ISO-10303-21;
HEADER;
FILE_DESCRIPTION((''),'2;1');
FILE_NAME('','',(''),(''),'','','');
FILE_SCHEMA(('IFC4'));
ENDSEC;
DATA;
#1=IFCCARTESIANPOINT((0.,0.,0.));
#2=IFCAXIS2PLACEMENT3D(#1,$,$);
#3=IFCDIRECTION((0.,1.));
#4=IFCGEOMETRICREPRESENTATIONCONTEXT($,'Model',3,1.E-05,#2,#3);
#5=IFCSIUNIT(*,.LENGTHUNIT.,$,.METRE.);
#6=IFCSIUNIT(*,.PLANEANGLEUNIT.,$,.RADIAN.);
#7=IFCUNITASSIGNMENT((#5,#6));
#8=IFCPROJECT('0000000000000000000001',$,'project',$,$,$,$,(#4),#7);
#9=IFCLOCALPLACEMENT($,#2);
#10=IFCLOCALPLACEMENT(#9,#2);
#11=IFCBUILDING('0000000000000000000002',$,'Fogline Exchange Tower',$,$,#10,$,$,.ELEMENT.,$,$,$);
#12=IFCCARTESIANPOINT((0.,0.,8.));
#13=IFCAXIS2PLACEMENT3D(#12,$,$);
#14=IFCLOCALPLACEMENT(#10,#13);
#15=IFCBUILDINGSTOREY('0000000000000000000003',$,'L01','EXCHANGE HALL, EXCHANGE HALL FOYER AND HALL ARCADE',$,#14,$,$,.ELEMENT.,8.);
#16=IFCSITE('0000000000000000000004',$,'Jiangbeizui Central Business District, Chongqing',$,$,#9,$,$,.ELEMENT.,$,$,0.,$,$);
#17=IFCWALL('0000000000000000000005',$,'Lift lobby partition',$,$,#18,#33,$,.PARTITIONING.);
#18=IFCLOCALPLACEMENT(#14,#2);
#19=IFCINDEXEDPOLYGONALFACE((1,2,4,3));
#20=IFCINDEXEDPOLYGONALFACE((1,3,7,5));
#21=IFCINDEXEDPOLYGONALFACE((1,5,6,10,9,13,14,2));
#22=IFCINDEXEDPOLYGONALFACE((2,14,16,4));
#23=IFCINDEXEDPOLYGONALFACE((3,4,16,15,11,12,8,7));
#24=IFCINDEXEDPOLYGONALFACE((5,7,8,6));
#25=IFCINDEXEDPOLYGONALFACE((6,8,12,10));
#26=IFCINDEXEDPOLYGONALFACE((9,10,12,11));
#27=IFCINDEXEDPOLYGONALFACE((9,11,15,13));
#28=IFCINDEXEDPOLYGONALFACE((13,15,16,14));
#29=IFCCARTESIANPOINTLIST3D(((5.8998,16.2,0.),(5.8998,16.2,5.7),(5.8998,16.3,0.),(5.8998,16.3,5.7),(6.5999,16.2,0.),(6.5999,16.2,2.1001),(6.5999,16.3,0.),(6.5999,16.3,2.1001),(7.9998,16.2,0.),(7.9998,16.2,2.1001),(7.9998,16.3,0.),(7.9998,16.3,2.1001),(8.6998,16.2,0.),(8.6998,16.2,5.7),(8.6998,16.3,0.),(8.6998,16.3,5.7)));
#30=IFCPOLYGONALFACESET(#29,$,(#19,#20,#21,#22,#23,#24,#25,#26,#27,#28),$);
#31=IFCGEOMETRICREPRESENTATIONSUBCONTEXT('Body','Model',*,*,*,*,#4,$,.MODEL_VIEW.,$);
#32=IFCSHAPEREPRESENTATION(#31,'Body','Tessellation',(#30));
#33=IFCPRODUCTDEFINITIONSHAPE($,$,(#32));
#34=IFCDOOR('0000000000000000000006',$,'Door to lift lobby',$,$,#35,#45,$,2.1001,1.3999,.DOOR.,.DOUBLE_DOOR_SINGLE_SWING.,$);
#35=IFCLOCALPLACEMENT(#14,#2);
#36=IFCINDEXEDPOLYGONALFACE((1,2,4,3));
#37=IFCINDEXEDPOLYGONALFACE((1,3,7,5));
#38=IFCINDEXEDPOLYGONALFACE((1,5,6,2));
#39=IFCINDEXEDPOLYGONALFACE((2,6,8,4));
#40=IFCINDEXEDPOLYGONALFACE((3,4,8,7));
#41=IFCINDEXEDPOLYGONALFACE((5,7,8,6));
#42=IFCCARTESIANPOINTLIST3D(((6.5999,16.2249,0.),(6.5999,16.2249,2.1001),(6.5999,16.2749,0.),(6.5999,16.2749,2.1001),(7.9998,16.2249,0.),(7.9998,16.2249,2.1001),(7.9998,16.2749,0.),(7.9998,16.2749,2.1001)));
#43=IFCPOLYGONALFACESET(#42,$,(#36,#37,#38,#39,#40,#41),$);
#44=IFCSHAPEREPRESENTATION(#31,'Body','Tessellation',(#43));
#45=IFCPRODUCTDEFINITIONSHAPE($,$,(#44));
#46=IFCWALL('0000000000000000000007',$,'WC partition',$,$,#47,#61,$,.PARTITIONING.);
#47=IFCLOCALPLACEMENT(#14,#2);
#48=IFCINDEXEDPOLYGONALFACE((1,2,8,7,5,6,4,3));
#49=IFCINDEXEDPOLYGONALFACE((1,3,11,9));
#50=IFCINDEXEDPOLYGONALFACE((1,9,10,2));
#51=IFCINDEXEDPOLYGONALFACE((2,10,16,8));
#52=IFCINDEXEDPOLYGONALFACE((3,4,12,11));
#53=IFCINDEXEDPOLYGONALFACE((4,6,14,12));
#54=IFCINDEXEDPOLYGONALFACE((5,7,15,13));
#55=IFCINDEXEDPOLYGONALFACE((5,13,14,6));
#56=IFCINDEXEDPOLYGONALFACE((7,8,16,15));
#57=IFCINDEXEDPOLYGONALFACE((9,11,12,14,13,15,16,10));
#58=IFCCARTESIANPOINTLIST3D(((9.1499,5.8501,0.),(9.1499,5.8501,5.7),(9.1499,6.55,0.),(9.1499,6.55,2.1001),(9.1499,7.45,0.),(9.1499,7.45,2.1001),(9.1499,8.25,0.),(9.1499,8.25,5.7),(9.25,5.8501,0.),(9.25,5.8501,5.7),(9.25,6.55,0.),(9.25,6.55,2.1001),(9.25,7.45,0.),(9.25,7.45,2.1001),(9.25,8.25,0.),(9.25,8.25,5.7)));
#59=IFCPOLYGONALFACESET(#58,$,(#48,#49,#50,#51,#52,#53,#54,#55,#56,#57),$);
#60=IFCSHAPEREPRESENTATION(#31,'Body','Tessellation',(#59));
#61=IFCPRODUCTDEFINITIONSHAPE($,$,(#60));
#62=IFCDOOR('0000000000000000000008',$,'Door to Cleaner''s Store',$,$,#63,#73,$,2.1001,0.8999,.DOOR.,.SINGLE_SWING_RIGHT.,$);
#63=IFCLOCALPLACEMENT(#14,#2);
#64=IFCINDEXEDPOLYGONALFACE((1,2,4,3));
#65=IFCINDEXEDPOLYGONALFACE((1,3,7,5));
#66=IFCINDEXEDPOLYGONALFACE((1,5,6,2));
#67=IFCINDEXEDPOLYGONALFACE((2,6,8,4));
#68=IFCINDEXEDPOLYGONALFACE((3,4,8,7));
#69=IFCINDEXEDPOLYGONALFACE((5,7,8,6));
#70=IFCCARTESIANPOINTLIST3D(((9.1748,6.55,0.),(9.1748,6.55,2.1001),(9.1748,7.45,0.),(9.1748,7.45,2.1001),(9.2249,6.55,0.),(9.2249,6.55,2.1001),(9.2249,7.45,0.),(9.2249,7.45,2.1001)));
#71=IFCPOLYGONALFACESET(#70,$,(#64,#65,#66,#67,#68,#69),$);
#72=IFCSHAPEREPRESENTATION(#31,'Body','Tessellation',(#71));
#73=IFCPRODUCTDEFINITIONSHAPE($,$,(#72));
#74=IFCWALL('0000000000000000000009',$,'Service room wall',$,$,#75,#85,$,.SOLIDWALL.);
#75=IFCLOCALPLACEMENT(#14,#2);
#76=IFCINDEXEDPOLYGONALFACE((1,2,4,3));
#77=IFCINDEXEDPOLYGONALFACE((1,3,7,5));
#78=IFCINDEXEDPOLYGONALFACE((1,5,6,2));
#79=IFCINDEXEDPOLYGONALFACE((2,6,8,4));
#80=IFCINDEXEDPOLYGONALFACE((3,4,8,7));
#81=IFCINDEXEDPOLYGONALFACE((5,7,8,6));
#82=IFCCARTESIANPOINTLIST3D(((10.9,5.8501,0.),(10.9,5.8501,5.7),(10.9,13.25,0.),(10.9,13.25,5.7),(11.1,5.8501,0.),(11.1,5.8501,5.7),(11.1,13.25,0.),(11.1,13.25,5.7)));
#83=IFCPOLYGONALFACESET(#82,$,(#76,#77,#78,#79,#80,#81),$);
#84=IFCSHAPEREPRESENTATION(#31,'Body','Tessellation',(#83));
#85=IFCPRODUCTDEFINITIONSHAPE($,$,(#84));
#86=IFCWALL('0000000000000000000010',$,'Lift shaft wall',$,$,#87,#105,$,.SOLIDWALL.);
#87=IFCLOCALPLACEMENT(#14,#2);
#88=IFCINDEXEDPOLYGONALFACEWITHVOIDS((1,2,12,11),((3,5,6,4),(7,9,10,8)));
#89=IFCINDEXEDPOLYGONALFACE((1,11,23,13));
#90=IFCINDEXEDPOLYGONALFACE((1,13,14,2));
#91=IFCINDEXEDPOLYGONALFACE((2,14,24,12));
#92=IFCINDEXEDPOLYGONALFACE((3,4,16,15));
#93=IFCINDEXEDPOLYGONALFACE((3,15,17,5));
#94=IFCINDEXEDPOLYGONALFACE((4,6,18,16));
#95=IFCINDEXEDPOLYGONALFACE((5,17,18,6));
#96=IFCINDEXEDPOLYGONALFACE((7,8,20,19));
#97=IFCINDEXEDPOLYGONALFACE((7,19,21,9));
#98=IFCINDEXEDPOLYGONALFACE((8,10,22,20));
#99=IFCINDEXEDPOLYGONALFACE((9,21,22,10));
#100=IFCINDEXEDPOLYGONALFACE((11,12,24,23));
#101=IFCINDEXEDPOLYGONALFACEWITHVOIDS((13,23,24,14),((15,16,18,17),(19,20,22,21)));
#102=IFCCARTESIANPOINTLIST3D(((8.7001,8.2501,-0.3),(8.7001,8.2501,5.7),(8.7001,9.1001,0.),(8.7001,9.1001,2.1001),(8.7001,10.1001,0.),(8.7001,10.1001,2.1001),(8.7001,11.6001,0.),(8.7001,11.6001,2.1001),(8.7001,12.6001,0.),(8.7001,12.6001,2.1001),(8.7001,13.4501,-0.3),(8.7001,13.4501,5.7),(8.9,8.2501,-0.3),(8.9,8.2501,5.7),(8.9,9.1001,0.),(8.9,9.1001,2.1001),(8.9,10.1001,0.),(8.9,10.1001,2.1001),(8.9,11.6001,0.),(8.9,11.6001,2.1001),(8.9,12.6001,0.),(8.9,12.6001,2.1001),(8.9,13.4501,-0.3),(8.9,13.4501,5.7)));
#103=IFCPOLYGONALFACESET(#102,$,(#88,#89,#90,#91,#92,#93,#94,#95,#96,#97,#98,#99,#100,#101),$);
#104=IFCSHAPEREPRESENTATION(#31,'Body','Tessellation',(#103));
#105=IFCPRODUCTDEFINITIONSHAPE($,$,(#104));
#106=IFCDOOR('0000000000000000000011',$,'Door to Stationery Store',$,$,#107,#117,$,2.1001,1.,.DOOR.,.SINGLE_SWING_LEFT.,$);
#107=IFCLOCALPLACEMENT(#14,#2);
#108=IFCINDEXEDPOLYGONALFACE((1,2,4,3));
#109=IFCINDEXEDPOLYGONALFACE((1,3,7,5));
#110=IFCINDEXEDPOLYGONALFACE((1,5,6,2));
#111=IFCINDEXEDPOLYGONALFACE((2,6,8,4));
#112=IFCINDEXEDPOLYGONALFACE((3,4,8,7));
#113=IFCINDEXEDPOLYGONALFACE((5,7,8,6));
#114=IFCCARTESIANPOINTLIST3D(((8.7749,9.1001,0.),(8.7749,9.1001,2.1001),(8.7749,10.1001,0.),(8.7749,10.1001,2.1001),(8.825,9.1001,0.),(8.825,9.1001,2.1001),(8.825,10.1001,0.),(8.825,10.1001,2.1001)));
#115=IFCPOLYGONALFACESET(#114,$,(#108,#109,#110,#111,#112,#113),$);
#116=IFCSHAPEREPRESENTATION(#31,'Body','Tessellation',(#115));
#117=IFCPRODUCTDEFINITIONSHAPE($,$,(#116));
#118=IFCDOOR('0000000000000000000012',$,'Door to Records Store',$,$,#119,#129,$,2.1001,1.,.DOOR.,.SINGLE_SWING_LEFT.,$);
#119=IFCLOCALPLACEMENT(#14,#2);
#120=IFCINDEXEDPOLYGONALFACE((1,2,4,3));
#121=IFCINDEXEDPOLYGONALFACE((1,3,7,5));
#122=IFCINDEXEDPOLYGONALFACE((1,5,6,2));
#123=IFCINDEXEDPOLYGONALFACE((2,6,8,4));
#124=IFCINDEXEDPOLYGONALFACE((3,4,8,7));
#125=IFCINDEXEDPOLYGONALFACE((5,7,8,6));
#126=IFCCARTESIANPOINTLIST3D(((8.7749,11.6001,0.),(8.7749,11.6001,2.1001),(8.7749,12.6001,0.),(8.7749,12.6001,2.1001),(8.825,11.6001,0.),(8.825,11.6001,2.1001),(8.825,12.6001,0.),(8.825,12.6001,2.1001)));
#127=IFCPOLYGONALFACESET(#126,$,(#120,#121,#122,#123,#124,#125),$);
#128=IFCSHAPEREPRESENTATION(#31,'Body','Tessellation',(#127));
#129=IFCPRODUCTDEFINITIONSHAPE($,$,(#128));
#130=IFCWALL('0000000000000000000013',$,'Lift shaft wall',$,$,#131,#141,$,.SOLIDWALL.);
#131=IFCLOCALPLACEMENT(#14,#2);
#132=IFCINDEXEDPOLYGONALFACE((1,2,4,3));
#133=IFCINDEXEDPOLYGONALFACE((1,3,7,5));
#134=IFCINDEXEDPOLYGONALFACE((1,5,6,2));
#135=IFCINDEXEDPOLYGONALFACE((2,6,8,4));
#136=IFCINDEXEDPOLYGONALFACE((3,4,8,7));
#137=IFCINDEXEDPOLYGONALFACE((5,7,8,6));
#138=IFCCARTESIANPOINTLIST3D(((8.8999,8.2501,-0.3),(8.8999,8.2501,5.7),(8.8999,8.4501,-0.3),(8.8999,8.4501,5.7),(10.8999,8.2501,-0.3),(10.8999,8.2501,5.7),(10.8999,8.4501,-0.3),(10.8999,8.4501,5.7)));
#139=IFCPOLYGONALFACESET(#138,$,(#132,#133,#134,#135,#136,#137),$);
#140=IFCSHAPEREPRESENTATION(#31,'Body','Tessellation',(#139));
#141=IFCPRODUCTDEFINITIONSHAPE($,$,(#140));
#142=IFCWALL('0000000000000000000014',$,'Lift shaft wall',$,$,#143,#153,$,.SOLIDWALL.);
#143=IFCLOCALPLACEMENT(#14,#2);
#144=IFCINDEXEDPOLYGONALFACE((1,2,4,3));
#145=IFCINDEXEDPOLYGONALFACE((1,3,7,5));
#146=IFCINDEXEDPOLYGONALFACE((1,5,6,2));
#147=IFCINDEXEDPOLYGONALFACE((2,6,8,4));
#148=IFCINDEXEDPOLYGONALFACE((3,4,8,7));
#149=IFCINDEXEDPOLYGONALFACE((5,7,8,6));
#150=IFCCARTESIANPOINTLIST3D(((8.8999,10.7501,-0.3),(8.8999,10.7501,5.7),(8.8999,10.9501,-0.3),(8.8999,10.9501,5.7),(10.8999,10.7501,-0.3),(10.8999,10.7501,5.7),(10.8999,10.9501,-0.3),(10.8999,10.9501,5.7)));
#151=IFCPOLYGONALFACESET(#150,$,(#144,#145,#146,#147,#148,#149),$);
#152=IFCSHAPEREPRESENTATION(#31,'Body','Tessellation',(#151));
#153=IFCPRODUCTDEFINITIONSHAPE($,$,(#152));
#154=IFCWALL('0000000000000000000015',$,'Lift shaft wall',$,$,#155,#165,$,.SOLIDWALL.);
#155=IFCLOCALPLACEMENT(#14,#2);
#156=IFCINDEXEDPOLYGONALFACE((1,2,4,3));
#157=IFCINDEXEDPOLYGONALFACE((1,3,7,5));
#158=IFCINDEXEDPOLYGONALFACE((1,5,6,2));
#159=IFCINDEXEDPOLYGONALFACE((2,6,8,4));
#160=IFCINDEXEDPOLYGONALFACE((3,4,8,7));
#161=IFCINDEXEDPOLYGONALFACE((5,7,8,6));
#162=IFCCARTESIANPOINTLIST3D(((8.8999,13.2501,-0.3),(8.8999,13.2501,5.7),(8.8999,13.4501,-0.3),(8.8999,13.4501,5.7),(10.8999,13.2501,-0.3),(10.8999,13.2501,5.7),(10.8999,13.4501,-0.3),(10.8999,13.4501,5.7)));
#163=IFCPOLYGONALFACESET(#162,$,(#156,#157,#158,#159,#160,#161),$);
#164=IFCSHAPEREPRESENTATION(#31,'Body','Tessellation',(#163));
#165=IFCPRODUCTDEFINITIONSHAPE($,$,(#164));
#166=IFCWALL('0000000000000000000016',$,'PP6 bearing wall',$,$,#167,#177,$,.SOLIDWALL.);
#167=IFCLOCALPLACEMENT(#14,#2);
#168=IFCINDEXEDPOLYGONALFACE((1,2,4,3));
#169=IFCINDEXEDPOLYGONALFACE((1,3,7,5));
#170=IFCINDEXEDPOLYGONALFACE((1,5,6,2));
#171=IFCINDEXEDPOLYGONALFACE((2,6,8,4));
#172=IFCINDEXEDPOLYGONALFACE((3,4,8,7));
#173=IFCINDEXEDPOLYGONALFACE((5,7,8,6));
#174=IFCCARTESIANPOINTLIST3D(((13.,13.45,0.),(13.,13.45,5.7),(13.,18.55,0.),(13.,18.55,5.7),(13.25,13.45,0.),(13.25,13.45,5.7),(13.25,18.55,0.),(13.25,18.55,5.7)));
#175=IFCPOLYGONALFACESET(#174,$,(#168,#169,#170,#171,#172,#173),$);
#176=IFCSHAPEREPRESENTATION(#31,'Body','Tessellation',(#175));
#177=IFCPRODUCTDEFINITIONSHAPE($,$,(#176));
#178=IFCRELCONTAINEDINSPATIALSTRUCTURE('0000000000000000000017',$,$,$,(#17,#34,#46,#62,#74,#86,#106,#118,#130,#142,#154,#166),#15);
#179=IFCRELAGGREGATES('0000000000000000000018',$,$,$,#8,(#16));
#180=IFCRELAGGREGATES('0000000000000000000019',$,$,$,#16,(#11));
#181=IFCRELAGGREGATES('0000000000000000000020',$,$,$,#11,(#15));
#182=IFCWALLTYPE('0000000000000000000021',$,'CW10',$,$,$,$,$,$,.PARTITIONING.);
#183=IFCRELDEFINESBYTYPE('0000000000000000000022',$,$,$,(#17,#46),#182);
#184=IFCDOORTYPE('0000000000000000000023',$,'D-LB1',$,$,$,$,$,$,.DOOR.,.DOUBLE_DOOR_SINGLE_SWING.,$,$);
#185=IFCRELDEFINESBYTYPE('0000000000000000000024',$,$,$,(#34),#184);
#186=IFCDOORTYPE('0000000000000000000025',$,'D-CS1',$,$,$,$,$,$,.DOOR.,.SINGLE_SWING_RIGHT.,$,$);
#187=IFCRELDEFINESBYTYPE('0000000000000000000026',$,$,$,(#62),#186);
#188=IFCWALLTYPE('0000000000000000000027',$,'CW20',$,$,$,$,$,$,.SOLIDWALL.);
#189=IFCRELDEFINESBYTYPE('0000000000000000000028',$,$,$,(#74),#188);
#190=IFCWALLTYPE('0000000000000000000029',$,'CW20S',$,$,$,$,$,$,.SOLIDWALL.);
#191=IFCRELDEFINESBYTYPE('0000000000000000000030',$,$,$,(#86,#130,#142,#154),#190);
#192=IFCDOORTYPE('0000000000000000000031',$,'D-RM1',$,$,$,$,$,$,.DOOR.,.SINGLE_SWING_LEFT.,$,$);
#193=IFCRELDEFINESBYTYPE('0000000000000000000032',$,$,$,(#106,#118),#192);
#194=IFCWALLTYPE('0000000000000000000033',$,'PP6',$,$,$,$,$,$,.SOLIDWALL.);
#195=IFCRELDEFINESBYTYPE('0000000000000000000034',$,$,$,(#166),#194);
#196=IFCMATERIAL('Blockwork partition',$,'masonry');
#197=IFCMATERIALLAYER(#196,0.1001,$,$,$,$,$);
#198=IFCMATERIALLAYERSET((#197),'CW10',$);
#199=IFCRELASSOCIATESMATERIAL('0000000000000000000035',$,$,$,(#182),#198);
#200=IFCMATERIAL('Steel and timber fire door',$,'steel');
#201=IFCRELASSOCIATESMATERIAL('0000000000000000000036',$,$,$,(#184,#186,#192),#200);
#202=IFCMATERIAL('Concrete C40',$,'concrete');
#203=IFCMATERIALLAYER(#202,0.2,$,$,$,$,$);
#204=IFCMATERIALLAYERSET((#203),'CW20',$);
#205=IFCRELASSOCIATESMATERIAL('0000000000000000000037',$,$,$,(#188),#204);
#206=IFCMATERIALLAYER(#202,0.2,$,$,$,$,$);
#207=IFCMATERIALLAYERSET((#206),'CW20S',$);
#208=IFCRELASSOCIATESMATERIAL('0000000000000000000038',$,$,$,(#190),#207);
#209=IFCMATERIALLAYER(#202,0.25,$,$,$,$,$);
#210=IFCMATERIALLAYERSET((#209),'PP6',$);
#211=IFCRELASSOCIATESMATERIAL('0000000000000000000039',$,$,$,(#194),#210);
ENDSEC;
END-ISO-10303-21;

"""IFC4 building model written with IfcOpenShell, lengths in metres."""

from ifc_helpers import new_model, si_unit, direction, frame, frame_2d, origin, place, context, subcontext, project, spatial, rectangle, extrude, material, layer, layer_set, type_object, element, fill, save


model = new_model("IFC4")

# Units and contexts
model_context = context("Model", 3, precision=1e-05, world=origin(), true_north=direction((0.0, 1.0)))
body_context = subcontext(model_context, "Body", "Model", "MODEL_VIEW")
ifc_project = project(units=[si_unit("LENGTHUNIT", "METRE"), si_unit("PLANEANGLEUNIT", "RADIAN")], contexts=[model_context])

# Site, building, storey
site_placement = place(None, origin())
site = spatial("IfcSite", under=ifc_project, at=site_placement, Name="Jiangbeizui Central Business District, Chongqing", CompositionType="ELEMENT", RefElevation=0.0)
building_placement = place(site_placement, origin())
building = spatial("IfcBuilding", under=site, at=building_placement, Name="Fogline Exchange Tower", CompositionType="ELEMENT")
storey_placement = place(building_placement, frame((0.0, 0.0, 8.0)))
storey = spatial("IfcBuildingStorey", under=building, at=storey_placement, Name="L01", Description="EXCHANGE HALL, EXCHANGE HALL FOYER AND HALL ARCADE", CompositionType="ELEMENT", Elevation=8.0)

# Walls, openings, doors
ifc_material_1 = material(Name="Blockwork partition", Category="masonry")
ifc_layer_1 = layer(ifc_material_1, 0.1001)
ifc_layer_set_1 = layer_set([ifc_layer_1], Name="CW10")
wall_type_1 = type_object("IfcWallType", Name="CW10", PredefinedType="PARTITIONING", material=ifc_layer_set_1)
wall_1_placement = place(storey_placement, frame((5.8999, 16.25, 0.0), z_axis=(0.0, 0.0, 1.0), x_axis=(1.0, 0.0, 0.0)))
wall_1 = element("IfcWall", 1, at=wall_1_placement, inside=storey, type_object=wall_type_1, Name="Lift lobby partition", PredefinedType="PARTITIONING", context=body_context, shape_type="SweptSolid", body=[
    extrude(rectangle(XDim=2.8, YDim=0.1001, at=frame_2d((1.3999, 0.0))), origin(), (0.0, 0.0, 1.0), 5.7),
])
opening_1_placement = place(wall_1_placement, frame((0.7, 0.0, 0.0)))
opening_1 = element("IfcOpeningElement", 2, at=opening_1_placement, cuts=wall_1, PredefinedType="OPENING", context=body_context, shape_type="SweptSolid", body=[
    extrude(rectangle(XDim=1.3999, YDim=2.1001, at=frame_2d((0.7, 1.05))), frame((0.0, 0.0601, 0.0), z_axis=(0.0, -1.0, 0.0), x_axis=(1.0, 0.0, 0.0)), (0.0, 0.0, 1.0), 0.1201),
])
ifc_material_2 = material(Name="Steel and timber fire door", Category="steel")
door_type_1 = type_object("IfcDoorType", Name="D-LB1", OperationType="DOUBLE_DOOR_SINGLE_SWING", PredefinedType="DOOR", material=ifc_material_2)
door_1_placement = place(opening_1_placement, origin())
door_1 = element("IfcDoor", 3, at=door_1_placement, inside=storey, type_object=door_type_1, Name="Door to lift lobby", OperationType="DOUBLE_DOOR_SINGLE_SWING", OverallHeight=2.1001, OverallWidth=1.3999, PredefinedType="DOOR", context=body_context, shape_type="SweptSolid", body=[
    extrude(rectangle(XDim=1.3999, YDim=2.1001, at=frame_2d((0.7, 1.05))), frame((0.0, 0.0249, 0.0), z_axis=(0.0, -1.0, 0.0), x_axis=(1.0, 0.0, 0.0)), (0.0, 0.0, 1.0), 0.05),
])
fill(opening_1, door_1)
wall_2_placement = place(storey_placement, frame((9.2, 5.8501, 0.0), z_axis=(0.0, 0.0, 1.0), x_axis=(0.0, 1.0, 0.0)))
wall_2 = element("IfcWall", 4, at=wall_2_placement, inside=storey, type_object=wall_type_1, Name="WC partition", PredefinedType="PARTITIONING", context=body_context, shape_type="SweptSolid", body=[
    extrude(rectangle(XDim=2.3999, YDim=0.1001, at=frame_2d((1.2, 0.0))), origin(), (0.0, 0.0, 1.0), 5.7),
])
opening_2_placement = place(wall_2_placement, frame((0.7, 0.0, 0.0)))
opening_2 = element("IfcOpeningElement", 5, at=opening_2_placement, cuts=wall_2, PredefinedType="OPENING", context=body_context, shape_type="SweptSolid", body=[
    extrude(rectangle(XDim=0.8999, YDim=2.1001, at=frame_2d((0.45, 1.05))), frame((0.0, 0.0601, 0.0), z_axis=(0.0, -1.0, 0.0), x_axis=(1.0, 0.0, 0.0)), (0.0, 0.0, 1.0), 0.1201),
])
door_type_2 = type_object("IfcDoorType", Name="D-CS1", OperationType="SINGLE_SWING_RIGHT", PredefinedType="DOOR", material=ifc_material_2)
door_2_placement = place(opening_2_placement, frame((0.8999, 0.0, 0.0), z_axis=(0.0, 0.0, 1.0), x_axis=(-1.0, 0.0, 0.0)))
door_2 = element("IfcDoor", 6, at=door_2_placement, inside=storey, type_object=door_type_2, Name="Door to Cleaner's Store", OperationType="SINGLE_SWING_RIGHT", OverallHeight=2.1001, OverallWidth=0.8999, PredefinedType="DOOR", context=body_context, shape_type="SweptSolid", body=[
    extrude(rectangle(XDim=0.8999, YDim=2.1001, at=frame_2d((0.45, 1.05))), frame((0.0, 0.0249, 0.0), z_axis=(0.0, -1.0, 0.0), x_axis=(1.0, 0.0, 0.0)), (0.0, 0.0, 1.0), 0.05),
])
fill(opening_2, door_2)

# Wall
ifc_material_3 = material(Name="Concrete C40", Category="concrete")
ifc_layer_2 = layer(ifc_material_3, 0.2)
ifc_layer_set_2 = layer_set([ifc_layer_2], Name="CW20")
wall_type_2 = type_object("IfcWallType", Name="CW20", PredefinedType="SOLIDWALL", material=ifc_layer_set_2)
wall_3_placement = place(storey_placement, frame((11.0, 5.8501, 0.0), z_axis=(0.0, 0.0, 1.0), x_axis=(0.0, 1.0, 0.0)))
element("IfcWall", 7, at=wall_3_placement, inside=storey, type_object=wall_type_2, Name="Service room wall", PredefinedType="SOLIDWALL", context=body_context, shape_type="SweptSolid", body=[
    extrude(rectangle(XDim=7.3999, YDim=0.2, at=frame_2d((3.7, 0.0))), origin(), (0.0, 0.0, 1.0), 5.7),
])

# Wall, openings, doors
ifc_layer_3 = layer(ifc_material_3, 0.2)
ifc_layer_set_3 = layer_set([ifc_layer_3], Name="CW20S")
wall_type_3 = type_object("IfcWallType", Name="CW20S", PredefinedType="SOLIDWALL", material=ifc_layer_set_3)
wall_4_placement = place(storey_placement, frame((8.8, 8.25, -0.3), z_axis=(0.0, 0.0, 1.0), x_axis=(0.0, 1.0, 0.0)))
wall_4 = element("IfcWall", 8, at=wall_4_placement, inside=storey, type_object=wall_type_3, Name="Lift shaft wall", PredefinedType="SOLIDWALL", context=body_context, shape_type="SweptSolid", body=[
    extrude(rectangle(XDim=5.2, YDim=0.2, at=frame_2d((2.6001, 0.0))), origin(), (0.0, 0.0, 1.0), 6.0),
])
opening_3_placement = place(wall_4_placement, frame((0.8501, 0.0, 0.3)))
opening_3 = element("IfcOpeningElement", 9, at=opening_3_placement, cuts=wall_4, PredefinedType="OPENING", context=body_context, shape_type="SweptSolid", body=[
    extrude(rectangle(XDim=1.0, YDim=2.1001, at=frame_2d((0.5, 1.05))), frame((0.0, 0.1099, 0.0), z_axis=(0.0, -1.0, 0.0), x_axis=(1.0, 0.0, 0.0)), (0.0, 0.0, 1.0), 0.22),
])
opening_4_placement = place(wall_4_placement, frame((3.3501, 0.0, 0.3)))
opening_4 = element("IfcOpeningElement", 10, at=opening_4_placement, cuts=wall_4, PredefinedType="OPENING", context=body_context, shape_type="SweptSolid", body=[
    extrude(rectangle(XDim=1.0, YDim=2.1001, at=frame_2d((0.5, 1.05))), frame((0.0, 0.1099, 0.0), z_axis=(0.0, -1.0, 0.0), x_axis=(1.0, 0.0, 0.0)), (0.0, 0.0, 1.0), 0.22),
])
door_type_3 = type_object("IfcDoorType", Name="D-RM1", OperationType="SINGLE_SWING_LEFT", PredefinedType="DOOR", material=ifc_material_2)
door_3_placement = place(opening_3_placement, frame((1.0, 0.0, 0.0), z_axis=(0.0, 0.0, 1.0), x_axis=(-1.0, 0.0, 0.0)))
door_3 = element("IfcDoor", 11, at=door_3_placement, inside=storey, type_object=door_type_3, Name="Door to Stationery Store", OperationType="SINGLE_SWING_LEFT", OverallHeight=2.1001, OverallWidth=1.0, PredefinedType="DOOR", context=body_context, shape_type="SweptSolid", body=[
    extrude(rectangle(XDim=1.0, YDim=2.1001, at=frame_2d((0.5, 1.05))), frame((0.0, 0.0249, 0.0), z_axis=(0.0, -1.0, 0.0), x_axis=(1.0, 0.0, 0.0)), (0.0, 0.0, 1.0), 0.05),
])
fill(opening_3, door_3)
door_4_placement = place(opening_4_placement, frame((1.0, 0.0, 0.0), z_axis=(0.0, 0.0, 1.0), x_axis=(-1.0, 0.0, 0.0)))
door_4 = element("IfcDoor", 12, at=door_4_placement, inside=storey, type_object=door_type_3, Name="Door to Records Store", OperationType="SINGLE_SWING_LEFT", OverallHeight=2.1001, OverallWidth=1.0, PredefinedType="DOOR", context=body_context, shape_type="SweptSolid", body=[
    extrude(rectangle(XDim=1.0, YDim=2.1001, at=frame_2d((0.5, 1.05))), frame((0.0, 0.0249, 0.0), z_axis=(0.0, -1.0, 0.0), x_axis=(1.0, 0.0, 0.0)), (0.0, 0.0, 1.0), 0.05),
])
fill(opening_4, door_4)

# Walls
for number, where, z_axis, x_axis, name in (
    (13, (8.8999, 8.3501, -0.3), (0.0, 0.0, 1.0), (1.0, 0.0, 0.0), "Lift shaft wall"),
    (14, (8.8999, 10.8501, -0.3), (0.0, 0.0, 1.0), (1.0, 0.0, 0.0), "Lift shaft wall"),
    (15, (8.8999, 13.3501, -0.3), (0.0, 0.0, 1.0), (1.0, 0.0, 0.0), "Lift shaft wall"),
):
    element("IfcWall", number, at=place(storey_placement, frame(where, z_axis=z_axis, x_axis=x_axis)), inside=storey, type_object=wall_type_3, Name=name, PredefinedType="SOLIDWALL", context=body_context, shape_type="SweptSolid", body=[
        extrude(rectangle(XDim=2.0, YDim=0.2, at=frame_2d((1.0, 0.0))), origin(), (0.0, 0.0, 1.0), 6.0),
    ])
ifc_layer_4 = layer(ifc_material_3, 0.25)
ifc_layer_set_4 = layer_set([ifc_layer_4], Name="PP6")
wall_type_4 = type_object("IfcWallType", Name="PP6", PredefinedType="SOLIDWALL", material=ifc_layer_set_4)
wall_5_placement = place(storey_placement, frame((13.125, 13.45, 0.0), z_axis=(0.0, 0.0, 1.0), x_axis=(0.0, 1.0, 0.0)))
element("IfcWall", 16, at=wall_5_placement, inside=storey, type_object=wall_type_4, Name="PP6 bearing wall", PredefinedType="SOLIDWALL", context=body_context, shape_type="SweptSolid", body=[
    extrude(rectangle(XDim=5.1001, YDim=0.25, at=frame_2d((2.55, 0.0))), origin(), (0.0, 0.0, 1.0), 5.7),
])

save(model, "model.ifc")
